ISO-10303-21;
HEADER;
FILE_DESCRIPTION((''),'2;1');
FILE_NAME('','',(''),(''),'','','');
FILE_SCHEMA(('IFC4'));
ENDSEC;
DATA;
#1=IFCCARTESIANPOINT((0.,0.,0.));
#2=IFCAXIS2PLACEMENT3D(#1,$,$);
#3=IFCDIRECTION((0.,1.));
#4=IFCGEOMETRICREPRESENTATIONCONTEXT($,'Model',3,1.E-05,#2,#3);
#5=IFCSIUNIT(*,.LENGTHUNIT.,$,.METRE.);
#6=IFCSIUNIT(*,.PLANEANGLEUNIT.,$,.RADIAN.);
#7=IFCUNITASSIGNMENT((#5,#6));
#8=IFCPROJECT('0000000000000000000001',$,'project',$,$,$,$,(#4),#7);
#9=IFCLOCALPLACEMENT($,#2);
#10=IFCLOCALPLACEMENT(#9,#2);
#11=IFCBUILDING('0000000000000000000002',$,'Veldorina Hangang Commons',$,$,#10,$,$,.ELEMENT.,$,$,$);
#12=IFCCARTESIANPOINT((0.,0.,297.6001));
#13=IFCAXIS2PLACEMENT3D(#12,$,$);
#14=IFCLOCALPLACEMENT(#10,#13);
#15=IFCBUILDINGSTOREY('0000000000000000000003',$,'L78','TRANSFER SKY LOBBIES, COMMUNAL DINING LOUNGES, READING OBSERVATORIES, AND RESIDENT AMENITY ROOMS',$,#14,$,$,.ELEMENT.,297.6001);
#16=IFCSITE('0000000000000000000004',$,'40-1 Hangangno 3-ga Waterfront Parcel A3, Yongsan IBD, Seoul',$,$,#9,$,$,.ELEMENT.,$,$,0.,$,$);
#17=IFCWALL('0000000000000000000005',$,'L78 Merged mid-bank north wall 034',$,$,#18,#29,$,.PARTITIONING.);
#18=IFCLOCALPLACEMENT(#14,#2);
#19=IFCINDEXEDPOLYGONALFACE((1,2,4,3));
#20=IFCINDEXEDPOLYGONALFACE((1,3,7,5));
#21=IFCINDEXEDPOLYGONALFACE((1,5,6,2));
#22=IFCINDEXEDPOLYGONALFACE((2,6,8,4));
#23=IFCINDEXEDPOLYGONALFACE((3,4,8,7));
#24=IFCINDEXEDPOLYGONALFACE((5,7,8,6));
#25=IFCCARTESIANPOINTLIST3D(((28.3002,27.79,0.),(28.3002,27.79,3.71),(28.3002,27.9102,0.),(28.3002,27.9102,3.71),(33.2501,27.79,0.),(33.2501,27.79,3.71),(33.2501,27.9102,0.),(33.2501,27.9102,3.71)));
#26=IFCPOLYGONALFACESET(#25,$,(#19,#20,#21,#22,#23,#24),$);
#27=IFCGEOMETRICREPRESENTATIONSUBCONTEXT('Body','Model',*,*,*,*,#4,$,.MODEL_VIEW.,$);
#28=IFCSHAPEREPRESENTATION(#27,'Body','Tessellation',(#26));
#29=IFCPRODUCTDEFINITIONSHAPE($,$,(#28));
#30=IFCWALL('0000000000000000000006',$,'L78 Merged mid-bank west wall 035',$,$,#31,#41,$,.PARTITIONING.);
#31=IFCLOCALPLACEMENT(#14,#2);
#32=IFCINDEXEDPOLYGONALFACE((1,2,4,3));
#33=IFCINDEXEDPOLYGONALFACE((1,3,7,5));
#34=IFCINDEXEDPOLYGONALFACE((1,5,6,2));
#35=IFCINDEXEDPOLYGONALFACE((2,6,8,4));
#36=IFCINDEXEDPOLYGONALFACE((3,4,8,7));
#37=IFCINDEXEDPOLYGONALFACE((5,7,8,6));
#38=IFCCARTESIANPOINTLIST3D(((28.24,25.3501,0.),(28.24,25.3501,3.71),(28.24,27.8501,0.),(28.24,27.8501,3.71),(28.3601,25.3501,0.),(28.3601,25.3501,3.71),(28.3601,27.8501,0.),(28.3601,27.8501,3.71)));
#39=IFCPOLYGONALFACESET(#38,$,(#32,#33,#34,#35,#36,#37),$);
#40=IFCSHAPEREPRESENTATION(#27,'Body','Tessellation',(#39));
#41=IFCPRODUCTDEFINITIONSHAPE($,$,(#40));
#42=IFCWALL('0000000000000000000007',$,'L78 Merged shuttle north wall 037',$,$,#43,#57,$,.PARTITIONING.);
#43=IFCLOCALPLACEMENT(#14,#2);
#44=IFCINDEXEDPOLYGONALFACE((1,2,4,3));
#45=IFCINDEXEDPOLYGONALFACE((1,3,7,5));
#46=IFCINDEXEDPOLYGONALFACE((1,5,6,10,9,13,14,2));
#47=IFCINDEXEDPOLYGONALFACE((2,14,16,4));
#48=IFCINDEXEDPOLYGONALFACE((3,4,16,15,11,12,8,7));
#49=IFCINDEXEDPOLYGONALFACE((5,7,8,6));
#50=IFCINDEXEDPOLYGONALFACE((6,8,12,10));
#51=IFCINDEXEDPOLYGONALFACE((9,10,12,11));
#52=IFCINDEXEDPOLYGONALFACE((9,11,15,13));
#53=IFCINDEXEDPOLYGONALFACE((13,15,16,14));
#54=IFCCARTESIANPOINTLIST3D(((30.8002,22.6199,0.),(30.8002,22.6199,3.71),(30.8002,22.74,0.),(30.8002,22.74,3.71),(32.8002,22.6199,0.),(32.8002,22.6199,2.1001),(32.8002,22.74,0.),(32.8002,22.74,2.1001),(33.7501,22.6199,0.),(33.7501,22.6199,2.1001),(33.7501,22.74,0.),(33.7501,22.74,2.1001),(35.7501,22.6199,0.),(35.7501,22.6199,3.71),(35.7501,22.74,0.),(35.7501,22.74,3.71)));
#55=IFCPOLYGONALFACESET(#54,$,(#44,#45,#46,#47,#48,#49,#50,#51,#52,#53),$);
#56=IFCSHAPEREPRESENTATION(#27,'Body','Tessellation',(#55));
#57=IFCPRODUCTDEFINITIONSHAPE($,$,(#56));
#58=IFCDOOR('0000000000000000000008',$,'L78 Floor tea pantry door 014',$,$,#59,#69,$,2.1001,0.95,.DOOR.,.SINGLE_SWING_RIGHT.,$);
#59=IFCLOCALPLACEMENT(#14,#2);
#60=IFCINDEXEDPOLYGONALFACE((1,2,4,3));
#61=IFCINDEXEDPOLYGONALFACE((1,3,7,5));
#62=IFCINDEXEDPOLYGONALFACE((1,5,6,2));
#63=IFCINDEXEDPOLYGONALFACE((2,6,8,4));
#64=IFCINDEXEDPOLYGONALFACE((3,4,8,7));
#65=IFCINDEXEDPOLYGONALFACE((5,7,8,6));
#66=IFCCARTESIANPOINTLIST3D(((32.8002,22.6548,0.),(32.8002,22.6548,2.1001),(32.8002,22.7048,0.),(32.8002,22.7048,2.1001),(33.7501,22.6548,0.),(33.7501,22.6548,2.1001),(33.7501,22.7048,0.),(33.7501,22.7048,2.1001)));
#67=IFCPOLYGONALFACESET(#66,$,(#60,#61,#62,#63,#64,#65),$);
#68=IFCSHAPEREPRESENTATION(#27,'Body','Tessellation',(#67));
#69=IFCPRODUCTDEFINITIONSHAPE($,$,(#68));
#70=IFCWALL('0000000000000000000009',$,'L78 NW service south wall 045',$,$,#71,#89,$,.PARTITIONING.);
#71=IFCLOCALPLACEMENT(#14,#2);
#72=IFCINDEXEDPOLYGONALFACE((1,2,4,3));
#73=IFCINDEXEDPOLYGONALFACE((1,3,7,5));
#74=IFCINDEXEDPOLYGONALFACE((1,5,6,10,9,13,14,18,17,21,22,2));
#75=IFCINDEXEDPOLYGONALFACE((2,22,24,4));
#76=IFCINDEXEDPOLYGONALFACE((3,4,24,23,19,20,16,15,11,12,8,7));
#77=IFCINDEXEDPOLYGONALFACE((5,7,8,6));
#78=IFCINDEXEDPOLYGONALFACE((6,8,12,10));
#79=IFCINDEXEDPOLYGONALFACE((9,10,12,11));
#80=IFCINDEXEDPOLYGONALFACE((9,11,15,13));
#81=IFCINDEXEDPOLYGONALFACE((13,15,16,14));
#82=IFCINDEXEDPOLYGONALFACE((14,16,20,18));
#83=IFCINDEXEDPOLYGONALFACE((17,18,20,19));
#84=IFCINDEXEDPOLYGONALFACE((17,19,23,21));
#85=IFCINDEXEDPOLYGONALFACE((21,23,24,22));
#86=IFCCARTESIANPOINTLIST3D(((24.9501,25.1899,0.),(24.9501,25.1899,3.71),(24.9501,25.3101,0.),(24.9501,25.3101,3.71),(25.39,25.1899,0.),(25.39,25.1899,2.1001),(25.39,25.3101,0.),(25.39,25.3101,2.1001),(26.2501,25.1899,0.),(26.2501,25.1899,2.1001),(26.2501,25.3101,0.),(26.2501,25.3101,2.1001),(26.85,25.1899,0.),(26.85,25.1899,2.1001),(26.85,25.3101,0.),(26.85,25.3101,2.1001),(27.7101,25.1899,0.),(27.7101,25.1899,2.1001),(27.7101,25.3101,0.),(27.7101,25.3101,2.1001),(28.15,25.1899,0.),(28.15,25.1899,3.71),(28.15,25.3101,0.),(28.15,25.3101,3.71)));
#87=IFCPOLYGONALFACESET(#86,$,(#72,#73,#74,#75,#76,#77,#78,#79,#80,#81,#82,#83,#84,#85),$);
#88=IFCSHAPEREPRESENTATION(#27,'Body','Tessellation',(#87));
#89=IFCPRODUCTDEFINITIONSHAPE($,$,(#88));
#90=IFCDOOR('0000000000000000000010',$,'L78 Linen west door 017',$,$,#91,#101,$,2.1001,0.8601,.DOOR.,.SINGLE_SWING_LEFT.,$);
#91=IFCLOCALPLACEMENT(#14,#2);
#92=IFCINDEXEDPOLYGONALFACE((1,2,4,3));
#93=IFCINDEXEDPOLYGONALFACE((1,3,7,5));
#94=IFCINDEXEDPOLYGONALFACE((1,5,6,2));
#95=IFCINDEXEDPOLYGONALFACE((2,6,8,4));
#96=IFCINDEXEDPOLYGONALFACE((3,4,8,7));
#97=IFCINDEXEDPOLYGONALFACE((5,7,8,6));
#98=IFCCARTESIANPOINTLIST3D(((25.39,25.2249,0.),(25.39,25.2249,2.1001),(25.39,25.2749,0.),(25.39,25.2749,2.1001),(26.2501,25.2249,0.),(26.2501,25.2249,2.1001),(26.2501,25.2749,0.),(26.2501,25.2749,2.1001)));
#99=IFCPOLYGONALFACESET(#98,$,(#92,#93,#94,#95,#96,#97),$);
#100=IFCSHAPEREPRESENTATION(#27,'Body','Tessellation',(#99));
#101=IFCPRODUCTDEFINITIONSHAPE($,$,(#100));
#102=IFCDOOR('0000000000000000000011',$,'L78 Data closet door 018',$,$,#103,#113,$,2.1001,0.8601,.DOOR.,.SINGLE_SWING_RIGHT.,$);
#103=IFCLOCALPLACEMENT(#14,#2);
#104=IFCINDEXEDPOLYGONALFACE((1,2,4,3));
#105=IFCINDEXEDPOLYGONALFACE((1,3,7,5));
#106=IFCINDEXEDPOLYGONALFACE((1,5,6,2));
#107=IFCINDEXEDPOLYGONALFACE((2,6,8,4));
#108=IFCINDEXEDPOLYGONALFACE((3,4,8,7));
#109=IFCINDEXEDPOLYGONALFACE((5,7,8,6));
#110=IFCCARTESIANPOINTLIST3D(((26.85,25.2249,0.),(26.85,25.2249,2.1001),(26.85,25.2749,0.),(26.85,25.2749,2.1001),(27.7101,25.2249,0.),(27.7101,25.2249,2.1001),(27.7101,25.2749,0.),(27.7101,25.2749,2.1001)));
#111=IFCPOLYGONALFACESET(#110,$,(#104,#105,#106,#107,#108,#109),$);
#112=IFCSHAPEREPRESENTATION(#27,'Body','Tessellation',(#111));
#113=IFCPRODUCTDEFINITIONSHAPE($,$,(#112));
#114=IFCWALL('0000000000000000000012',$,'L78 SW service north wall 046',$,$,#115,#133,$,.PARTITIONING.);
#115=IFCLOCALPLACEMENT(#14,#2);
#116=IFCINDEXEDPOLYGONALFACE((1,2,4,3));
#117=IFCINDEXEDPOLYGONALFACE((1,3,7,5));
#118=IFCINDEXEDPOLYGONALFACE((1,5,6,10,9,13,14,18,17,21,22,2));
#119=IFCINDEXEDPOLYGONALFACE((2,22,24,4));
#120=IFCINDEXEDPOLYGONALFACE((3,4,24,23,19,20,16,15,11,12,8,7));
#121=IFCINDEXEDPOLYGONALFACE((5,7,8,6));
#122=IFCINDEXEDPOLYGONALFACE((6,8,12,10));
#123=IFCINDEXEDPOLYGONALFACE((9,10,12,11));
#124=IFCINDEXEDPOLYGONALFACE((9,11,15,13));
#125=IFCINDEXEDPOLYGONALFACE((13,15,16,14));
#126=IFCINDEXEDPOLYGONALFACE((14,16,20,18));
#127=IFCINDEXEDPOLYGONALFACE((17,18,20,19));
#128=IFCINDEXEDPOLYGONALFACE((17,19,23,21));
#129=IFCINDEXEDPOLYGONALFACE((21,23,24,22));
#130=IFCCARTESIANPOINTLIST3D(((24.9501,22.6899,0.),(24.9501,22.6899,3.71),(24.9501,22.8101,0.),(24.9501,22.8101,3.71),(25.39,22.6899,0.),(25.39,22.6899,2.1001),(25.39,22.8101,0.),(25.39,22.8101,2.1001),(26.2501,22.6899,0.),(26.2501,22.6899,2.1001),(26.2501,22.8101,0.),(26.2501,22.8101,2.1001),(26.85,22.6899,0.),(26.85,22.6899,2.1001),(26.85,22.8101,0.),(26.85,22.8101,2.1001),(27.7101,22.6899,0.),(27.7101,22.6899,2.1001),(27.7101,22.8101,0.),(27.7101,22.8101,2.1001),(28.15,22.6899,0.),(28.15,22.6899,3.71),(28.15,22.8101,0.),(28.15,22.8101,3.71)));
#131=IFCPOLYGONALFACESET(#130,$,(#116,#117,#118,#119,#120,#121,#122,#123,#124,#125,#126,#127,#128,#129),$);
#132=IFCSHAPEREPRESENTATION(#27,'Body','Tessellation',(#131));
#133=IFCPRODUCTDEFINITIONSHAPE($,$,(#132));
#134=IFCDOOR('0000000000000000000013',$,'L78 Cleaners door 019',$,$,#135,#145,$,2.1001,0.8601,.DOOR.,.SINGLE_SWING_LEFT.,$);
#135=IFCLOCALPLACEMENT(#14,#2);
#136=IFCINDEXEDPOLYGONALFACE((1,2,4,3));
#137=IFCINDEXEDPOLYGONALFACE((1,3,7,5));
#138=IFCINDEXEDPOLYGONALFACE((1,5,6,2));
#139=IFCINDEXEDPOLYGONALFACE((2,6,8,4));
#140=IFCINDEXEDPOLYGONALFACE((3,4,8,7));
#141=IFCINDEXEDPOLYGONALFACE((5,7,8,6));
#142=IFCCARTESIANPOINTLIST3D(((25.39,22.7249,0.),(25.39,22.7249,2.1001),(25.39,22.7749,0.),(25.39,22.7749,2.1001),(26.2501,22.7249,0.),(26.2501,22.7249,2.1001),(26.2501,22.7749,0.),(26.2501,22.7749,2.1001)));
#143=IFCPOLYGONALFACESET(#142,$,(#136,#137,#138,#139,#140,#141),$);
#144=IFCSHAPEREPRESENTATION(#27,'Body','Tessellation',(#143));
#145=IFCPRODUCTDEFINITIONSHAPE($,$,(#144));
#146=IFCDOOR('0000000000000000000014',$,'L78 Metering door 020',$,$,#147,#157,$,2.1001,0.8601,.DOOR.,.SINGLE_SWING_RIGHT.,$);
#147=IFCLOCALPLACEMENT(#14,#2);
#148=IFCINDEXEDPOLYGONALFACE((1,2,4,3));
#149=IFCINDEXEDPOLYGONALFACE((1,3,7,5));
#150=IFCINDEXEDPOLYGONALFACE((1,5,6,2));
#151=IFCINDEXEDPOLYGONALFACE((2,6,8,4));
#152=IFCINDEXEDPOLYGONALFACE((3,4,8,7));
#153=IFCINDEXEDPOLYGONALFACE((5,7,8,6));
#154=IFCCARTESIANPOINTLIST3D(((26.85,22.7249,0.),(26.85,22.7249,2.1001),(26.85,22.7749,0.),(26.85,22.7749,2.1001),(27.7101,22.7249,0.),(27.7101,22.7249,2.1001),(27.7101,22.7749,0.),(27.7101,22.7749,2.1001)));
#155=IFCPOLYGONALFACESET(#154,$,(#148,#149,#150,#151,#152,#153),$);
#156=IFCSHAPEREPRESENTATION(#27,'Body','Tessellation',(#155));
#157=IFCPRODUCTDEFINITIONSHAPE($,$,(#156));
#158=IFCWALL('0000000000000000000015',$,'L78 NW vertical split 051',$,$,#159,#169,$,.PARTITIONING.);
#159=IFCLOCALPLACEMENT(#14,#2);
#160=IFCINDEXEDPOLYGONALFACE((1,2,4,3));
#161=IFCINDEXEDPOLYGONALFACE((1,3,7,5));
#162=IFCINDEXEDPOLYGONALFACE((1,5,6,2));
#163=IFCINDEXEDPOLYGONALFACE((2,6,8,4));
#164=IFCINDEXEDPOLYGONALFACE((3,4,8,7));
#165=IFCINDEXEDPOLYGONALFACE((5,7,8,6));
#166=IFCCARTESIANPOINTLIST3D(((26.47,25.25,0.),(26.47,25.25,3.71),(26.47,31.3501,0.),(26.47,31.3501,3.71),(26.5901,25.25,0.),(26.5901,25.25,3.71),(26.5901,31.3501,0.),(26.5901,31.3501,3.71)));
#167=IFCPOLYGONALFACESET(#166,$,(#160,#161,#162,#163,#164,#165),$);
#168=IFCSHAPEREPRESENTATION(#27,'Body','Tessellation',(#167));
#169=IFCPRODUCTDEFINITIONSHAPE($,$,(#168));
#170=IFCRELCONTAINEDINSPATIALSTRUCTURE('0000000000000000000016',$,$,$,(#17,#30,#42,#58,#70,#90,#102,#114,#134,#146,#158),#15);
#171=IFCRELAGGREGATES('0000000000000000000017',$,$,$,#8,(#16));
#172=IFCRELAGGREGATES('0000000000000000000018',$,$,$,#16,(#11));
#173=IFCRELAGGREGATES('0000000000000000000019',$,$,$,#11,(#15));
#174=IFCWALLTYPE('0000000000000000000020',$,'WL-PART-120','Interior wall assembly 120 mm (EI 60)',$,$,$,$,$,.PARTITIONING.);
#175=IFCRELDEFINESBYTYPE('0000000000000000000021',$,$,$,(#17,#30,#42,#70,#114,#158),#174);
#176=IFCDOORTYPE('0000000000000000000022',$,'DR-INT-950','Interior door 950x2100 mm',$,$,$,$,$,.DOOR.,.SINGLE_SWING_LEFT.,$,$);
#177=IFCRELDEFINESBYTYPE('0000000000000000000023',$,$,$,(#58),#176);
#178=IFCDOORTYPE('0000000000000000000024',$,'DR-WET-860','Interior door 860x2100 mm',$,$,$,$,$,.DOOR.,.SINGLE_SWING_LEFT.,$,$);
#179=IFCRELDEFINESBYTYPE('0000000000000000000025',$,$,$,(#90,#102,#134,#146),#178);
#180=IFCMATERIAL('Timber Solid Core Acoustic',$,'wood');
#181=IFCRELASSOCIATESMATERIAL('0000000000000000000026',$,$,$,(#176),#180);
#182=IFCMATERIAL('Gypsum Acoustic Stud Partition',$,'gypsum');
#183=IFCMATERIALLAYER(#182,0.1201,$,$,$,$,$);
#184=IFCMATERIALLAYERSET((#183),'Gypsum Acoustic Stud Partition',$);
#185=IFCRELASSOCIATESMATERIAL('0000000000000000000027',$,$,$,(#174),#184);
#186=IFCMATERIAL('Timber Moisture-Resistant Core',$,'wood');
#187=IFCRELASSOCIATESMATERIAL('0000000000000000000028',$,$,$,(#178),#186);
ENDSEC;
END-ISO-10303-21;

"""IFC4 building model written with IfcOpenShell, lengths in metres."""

from ifc_helpers import new_model, si_unit, direction, frame, frame_2d, origin, place, context, subcontext, project, spatial, rectangle, extrude, material, layer, layer_set, type_object, element, fill, save


model = new_model("IFC4")

# Units and contexts
model_context = context("Model", 3, precision=1e-05, world=origin(), true_north=direction((0.0, 1.0)))
body_context = subcontext(model_context, "Body", "Model", "MODEL_VIEW")
ifc_project = project(units=[si_unit("LENGTHUNIT", "METRE"), si_unit("PLANEANGLEUNIT", "RADIAN")], contexts=[model_context])

# Site, building, storey
site_placement = place(None, origin())
site = spatial("IfcSite", under=ifc_project, at=site_placement, Name="40-1 Hangangno 3-ga Waterfront Parcel A3, Yongsan IBD, Seoul", CompositionType="ELEMENT", RefElevation=0.0)
building_placement = place(site_placement, origin())
building = spatial("IfcBuilding", under=site, at=building_placement, Name="Veldorina Hangang Commons", CompositionType="ELEMENT")
storey_placement = place(building_placement, frame((0.0, 0.0, 297.6001)))
storey = spatial("IfcBuildingStorey", under=building, at=storey_placement, Name="L78", Description="TRANSFER SKY LOBBIES, COMMUNAL DINING LOUNGES, READING OBSERVATORIES, AND RESIDENT AMENITY ROOMS", CompositionType="ELEMENT", Elevation=297.6001)

# Shared definitions
ifc_material_1 = material(Name="Timber Solid Core Acoustic", Category="wood")
door_type_1 = type_object("IfcDoorType", Name="DR-INT-950", Description="Interior door 950x2100 mm", OperationType="SINGLE_SWING_LEFT", PredefinedType="DOOR", material=ifc_material_1)

# Shared definitions
ifc_material_2 = material(Name="Gypsum Acoustic Stud Partition", Category="gypsum")
ifc_layer_1 = layer(ifc_material_2, 0.1201)
ifc_layer_set_1 = layer_set([ifc_layer_1], Name="Gypsum Acoustic Stud Partition")
wall_type_1 = type_object("IfcWallType", Name="WL-PART-120", Description="Interior wall assembly 120 mm (EI 60)", PredefinedType="PARTITIONING", material=ifc_layer_set_1)

# Walls
wall_1_placement = place(storey_placement, frame((28.3, 27.8501, 0.0), z_axis=(0.0, 0.0, 1.0), x_axis=(1.0, 0.0, 0.0)))
element("IfcWall", 1, at=wall_1_placement, inside=storey, type_object=wall_type_1, Name="L78 Merged mid-bank north wall 034", PredefinedType="PARTITIONING", context=body_context, shape_type="SweptSolid", body=[
    extrude(rectangle(XDim=4.95, YDim=0.1201, at=frame_2d((2.4751, 0.0))), origin(), (0.0, 0.0, 1.0), 3.71),
])
wall_2_placement = place(storey_placement, frame((28.3, 25.3501, 0.0), z_axis=(0.0, 0.0, 1.0), x_axis=(0.0, 1.0, 0.0)))
element("IfcWall", 2, at=wall_2_placement, inside=storey, type_object=wall_type_1, Name="L78 Merged mid-bank west wall 035", PredefinedType="PARTITIONING", context=body_context, shape_type="SweptSolid", body=[
    extrude(rectangle(XDim=2.5, YDim=0.1201, at=frame_2d((1.25, 0.0))), origin(), (0.0, 0.0, 1.0), 3.71),
])

# Wall, opening, door
wall_3_placement = place(storey_placement, frame((30.8, 22.6799, 0.0), z_axis=(0.0, 0.0, 1.0), x_axis=(1.0, 0.0, 0.0)))
wall_3 = element("IfcWall", 3, at=wall_3_placement, inside=storey, type_object=wall_type_1, Name="L78 Merged shuttle north wall 037", PredefinedType="PARTITIONING", context=body_context, shape_type="SweptSolid", body=[
    extrude(rectangle(XDim=4.95, YDim=0.1201, at=frame_2d((2.4751, 0.0))), origin(), (0.0, 0.0, 1.0), 3.71),
])
opening_1_placement = place(wall_3_placement, frame((2.0, 0.0, 0.0)))
opening_1 = element("IfcOpeningElement", 4, at=opening_1_placement, cuts=wall_3, PredefinedType="OPENING", context=body_context, shape_type="SweptSolid", body=[
    extrude(rectangle(XDim=0.95, YDim=2.1001, at=frame_2d((0.4751, 1.05))), frame((0.0, 0.0701, 0.0), z_axis=(0.0, -1.0, 0.0), x_axis=(1.0, 0.0, 0.0)), (0.0, 0.0, 1.0), 0.1401),
])
door_1_placement = place(opening_1_placement, origin())
door_1 = element("IfcDoor", 5, at=door_1_placement, inside=storey, type_object=door_type_1, Name="L78 Floor tea pantry door 014", OperationType="SINGLE_SWING_RIGHT", OverallHeight=2.1001, OverallWidth=0.95, PredefinedType="DOOR", context=body_context, shape_type="SweptSolid", body=[
    extrude(rectangle(XDim=0.95, YDim=2.1001, at=frame_2d((0.4751, 1.05))), frame((0.0, 0.0249, 0.0), z_axis=(0.0, -1.0, 0.0), x_axis=(1.0, 0.0, 0.0)), (0.0, 0.0, 1.0), 0.05),
])
fill(opening_1, door_1)

# Walls, openings, doors
wall_4_placement = place(storey_placement, frame((24.95, 25.25, 0.0), z_axis=(0.0, 0.0, 1.0), x_axis=(1.0, 0.0, 0.0)))
wall_4 = element("IfcWall", 6, at=wall_4_placement, inside=storey, type_object=wall_type_1, Name="L78 NW service south wall 045", PredefinedType="PARTITIONING", context=body_context, shape_type="SweptSolid", body=[
    extrude(rectangle(XDim=3.2, YDim=0.1201, at=frame_2d((1.6001, 0.0))), origin(), (0.0, 0.0, 1.0), 3.71),
])
opening_2_placement = place(wall_4_placement, frame((0.4399, 0.0, 0.0)))
opening_2 = element("IfcOpeningElement", 7, at=opening_2_placement, cuts=wall_4, PredefinedType="OPENING", context=body_context, shape_type="SweptSolid", body=[
    extrude(rectangle(XDim=0.8601, YDim=2.1001, at=frame_2d((0.4302, 1.05))), frame((0.0, 0.0701, 0.0), z_axis=(0.0, -1.0, 0.0), x_axis=(1.0, 0.0, 0.0)), (0.0, 0.0, 1.0), 0.1401),
])
opening_3_placement = place(wall_4_placement, frame((1.8999, 0.0, 0.0)))
opening_3 = element("IfcOpeningElement", 8, at=opening_3_placement, cuts=wall_4, PredefinedType="OPENING", context=body_context, shape_type="SweptSolid", body=[
    extrude(rectangle(XDim=0.8601, YDim=2.1001, at=frame_2d((0.4302, 1.05))), frame((0.0, 0.0701, 0.0), z_axis=(0.0, -1.0, 0.0), x_axis=(1.0, 0.0, 0.0)), (0.0, 0.0, 1.0), 0.1401),
])
ifc_material_3 = material(Name="Timber Moisture-Resistant Core", Category="wood")
door_type_2 = type_object("IfcDoorType", Name="DR-WET-860", Description="Interior door 860x2100 mm", OperationType="SINGLE_SWING_LEFT", PredefinedType="DOOR", material=ifc_material_3)
door_2_placement = place(opening_2_placement, origin())
door_2 = element("IfcDoor", 9, at=door_2_placement, inside=storey, type_object=door_type_2, Name="L78 Linen west door 017", OperationType="SINGLE_SWING_LEFT", OverallHeight=2.1001, OverallWidth=0.8601, PredefinedType="DOOR", context=body_context, shape_type="SweptSolid", body=[
    extrude(rectangle(XDim=0.8601, YDim=2.1001, at=frame_2d((0.4302, 1.05))), frame((0.0, 0.0249, 0.0), z_axis=(0.0, -1.0, 0.0), x_axis=(1.0, 0.0, 0.0)), (0.0, 0.0, 1.0), 0.05),
])
fill(opening_2, door_2)
door_3_placement = place(opening_3_placement, origin())
door_3 = element("IfcDoor", 10, at=door_3_placement, inside=storey, type_object=door_type_2, Name="L78 Data closet door 018", OperationType="SINGLE_SWING_RIGHT", OverallHeight=2.1001, OverallWidth=0.8601, PredefinedType="DOOR", context=body_context, shape_type="SweptSolid", body=[
    extrude(rectangle(XDim=0.8601, YDim=2.1001, at=frame_2d((0.4302, 1.05))), frame((0.0, 0.0249, 0.0), z_axis=(0.0, -1.0, 0.0), x_axis=(1.0, 0.0, 0.0)), (0.0, 0.0, 1.0), 0.05),
])
fill(opening_3, door_3)
wall_5_placement = place(storey_placement, frame((24.95, 22.75, 0.0), z_axis=(0.0, 0.0, 1.0), x_axis=(1.0, 0.0, 0.0)))
wall_5 = element("IfcWall", 11, at=wall_5_placement, inside=storey, type_object=wall_type_1, Name="L78 SW service north wall 046", PredefinedType="PARTITIONING", context=body_context, shape_type="SweptSolid", body=[
    extrude(rectangle(XDim=3.2, YDim=0.1201, at=frame_2d((1.6001, 0.0))), origin(), (0.0, 0.0, 1.0), 3.71),
])
opening_4_placement = place(wall_5_placement, frame((0.4399, 0.0, 0.0)))
opening_4 = element("IfcOpeningElement", 12, at=opening_4_placement, cuts=wall_5, PredefinedType="OPENING", context=body_context, shape_type="SweptSolid", body=[
    extrude(rectangle(XDim=0.8601, YDim=2.1001, at=frame_2d((0.4302, 1.05))), frame((0.0, 0.0701, 0.0), z_axis=(0.0, -1.0, 0.0), x_axis=(1.0, 0.0, 0.0)), (0.0, 0.0, 1.0), 0.1401),
])
opening_5_placement = place(wall_5_placement, frame((1.8999, 0.0, 0.0)))
opening_5 = element("IfcOpeningElement", 13, at=opening_5_placement, cuts=wall_5, PredefinedType="OPENING", context=body_context, shape_type="SweptSolid", body=[
    extrude(rectangle(XDim=0.8601, YDim=2.1001, at=frame_2d((0.4302, 1.05))), frame((0.0, 0.0701, 0.0), z_axis=(0.0, -1.0, 0.0), x_axis=(1.0, 0.0, 0.0)), (0.0, 0.0, 1.0), 0.1401),
])
door_4_placement = place(opening_4_placement, origin())
door_4 = element("IfcDoor", 14, at=door_4_placement, inside=storey, type_object=door_type_2, Name="L78 Cleaners door 019", OperationType="SINGLE_SWING_LEFT", OverallHeight=2.1001, OverallWidth=0.8601, PredefinedType="DOOR", context=body_context, shape_type="SweptSolid", body=[
    extrude(rectangle(XDim=0.8601, YDim=2.1001, at=frame_2d((0.4302, 1.05))), frame((0.0, 0.0249, 0.0), z_axis=(0.0, -1.0, 0.0), x_axis=(1.0, 0.0, 0.0)), (0.0, 0.0, 1.0), 0.05),
])
fill(opening_4, door_4)
door_5_placement = place(opening_5_placement, origin())
door_5 = element("IfcDoor", 15, at=door_5_placement, inside=storey, type_object=door_type_2, Name="L78 Metering door 020", OperationType="SINGLE_SWING_RIGHT", OverallHeight=2.1001, OverallWidth=0.8601, PredefinedType="DOOR", context=body_context, shape_type="SweptSolid", body=[
    extrude(rectangle(XDim=0.8601, YDim=2.1001, at=frame_2d((0.4302, 1.05))), frame((0.0, 0.0249, 0.0), z_axis=(0.0, -1.0, 0.0), x_axis=(1.0, 0.0, 0.0)), (0.0, 0.0, 1.0), 0.05),
])
fill(opening_5, door_5)

# Wall
wall_6_placement = place(storey_placement, frame((26.53, 25.25, 0.0), z_axis=(0.0, 0.0, 1.0), x_axis=(0.0, 1.0, 0.0)))
element("IfcWall", 16, at=wall_6_placement, inside=storey, type_object=wall_type_1, Name="L78 NW vertical split 051", PredefinedType="PARTITIONING", context=body_context, shape_type="SweptSolid", body=[
    extrude(rectangle(XDim=6.1001, YDim=0.1201, at=frame_2d((3.05, 0.0))), origin(), (0.0, 0.0, 1.0), 3.71),
])

save(model, "model.ifc")
